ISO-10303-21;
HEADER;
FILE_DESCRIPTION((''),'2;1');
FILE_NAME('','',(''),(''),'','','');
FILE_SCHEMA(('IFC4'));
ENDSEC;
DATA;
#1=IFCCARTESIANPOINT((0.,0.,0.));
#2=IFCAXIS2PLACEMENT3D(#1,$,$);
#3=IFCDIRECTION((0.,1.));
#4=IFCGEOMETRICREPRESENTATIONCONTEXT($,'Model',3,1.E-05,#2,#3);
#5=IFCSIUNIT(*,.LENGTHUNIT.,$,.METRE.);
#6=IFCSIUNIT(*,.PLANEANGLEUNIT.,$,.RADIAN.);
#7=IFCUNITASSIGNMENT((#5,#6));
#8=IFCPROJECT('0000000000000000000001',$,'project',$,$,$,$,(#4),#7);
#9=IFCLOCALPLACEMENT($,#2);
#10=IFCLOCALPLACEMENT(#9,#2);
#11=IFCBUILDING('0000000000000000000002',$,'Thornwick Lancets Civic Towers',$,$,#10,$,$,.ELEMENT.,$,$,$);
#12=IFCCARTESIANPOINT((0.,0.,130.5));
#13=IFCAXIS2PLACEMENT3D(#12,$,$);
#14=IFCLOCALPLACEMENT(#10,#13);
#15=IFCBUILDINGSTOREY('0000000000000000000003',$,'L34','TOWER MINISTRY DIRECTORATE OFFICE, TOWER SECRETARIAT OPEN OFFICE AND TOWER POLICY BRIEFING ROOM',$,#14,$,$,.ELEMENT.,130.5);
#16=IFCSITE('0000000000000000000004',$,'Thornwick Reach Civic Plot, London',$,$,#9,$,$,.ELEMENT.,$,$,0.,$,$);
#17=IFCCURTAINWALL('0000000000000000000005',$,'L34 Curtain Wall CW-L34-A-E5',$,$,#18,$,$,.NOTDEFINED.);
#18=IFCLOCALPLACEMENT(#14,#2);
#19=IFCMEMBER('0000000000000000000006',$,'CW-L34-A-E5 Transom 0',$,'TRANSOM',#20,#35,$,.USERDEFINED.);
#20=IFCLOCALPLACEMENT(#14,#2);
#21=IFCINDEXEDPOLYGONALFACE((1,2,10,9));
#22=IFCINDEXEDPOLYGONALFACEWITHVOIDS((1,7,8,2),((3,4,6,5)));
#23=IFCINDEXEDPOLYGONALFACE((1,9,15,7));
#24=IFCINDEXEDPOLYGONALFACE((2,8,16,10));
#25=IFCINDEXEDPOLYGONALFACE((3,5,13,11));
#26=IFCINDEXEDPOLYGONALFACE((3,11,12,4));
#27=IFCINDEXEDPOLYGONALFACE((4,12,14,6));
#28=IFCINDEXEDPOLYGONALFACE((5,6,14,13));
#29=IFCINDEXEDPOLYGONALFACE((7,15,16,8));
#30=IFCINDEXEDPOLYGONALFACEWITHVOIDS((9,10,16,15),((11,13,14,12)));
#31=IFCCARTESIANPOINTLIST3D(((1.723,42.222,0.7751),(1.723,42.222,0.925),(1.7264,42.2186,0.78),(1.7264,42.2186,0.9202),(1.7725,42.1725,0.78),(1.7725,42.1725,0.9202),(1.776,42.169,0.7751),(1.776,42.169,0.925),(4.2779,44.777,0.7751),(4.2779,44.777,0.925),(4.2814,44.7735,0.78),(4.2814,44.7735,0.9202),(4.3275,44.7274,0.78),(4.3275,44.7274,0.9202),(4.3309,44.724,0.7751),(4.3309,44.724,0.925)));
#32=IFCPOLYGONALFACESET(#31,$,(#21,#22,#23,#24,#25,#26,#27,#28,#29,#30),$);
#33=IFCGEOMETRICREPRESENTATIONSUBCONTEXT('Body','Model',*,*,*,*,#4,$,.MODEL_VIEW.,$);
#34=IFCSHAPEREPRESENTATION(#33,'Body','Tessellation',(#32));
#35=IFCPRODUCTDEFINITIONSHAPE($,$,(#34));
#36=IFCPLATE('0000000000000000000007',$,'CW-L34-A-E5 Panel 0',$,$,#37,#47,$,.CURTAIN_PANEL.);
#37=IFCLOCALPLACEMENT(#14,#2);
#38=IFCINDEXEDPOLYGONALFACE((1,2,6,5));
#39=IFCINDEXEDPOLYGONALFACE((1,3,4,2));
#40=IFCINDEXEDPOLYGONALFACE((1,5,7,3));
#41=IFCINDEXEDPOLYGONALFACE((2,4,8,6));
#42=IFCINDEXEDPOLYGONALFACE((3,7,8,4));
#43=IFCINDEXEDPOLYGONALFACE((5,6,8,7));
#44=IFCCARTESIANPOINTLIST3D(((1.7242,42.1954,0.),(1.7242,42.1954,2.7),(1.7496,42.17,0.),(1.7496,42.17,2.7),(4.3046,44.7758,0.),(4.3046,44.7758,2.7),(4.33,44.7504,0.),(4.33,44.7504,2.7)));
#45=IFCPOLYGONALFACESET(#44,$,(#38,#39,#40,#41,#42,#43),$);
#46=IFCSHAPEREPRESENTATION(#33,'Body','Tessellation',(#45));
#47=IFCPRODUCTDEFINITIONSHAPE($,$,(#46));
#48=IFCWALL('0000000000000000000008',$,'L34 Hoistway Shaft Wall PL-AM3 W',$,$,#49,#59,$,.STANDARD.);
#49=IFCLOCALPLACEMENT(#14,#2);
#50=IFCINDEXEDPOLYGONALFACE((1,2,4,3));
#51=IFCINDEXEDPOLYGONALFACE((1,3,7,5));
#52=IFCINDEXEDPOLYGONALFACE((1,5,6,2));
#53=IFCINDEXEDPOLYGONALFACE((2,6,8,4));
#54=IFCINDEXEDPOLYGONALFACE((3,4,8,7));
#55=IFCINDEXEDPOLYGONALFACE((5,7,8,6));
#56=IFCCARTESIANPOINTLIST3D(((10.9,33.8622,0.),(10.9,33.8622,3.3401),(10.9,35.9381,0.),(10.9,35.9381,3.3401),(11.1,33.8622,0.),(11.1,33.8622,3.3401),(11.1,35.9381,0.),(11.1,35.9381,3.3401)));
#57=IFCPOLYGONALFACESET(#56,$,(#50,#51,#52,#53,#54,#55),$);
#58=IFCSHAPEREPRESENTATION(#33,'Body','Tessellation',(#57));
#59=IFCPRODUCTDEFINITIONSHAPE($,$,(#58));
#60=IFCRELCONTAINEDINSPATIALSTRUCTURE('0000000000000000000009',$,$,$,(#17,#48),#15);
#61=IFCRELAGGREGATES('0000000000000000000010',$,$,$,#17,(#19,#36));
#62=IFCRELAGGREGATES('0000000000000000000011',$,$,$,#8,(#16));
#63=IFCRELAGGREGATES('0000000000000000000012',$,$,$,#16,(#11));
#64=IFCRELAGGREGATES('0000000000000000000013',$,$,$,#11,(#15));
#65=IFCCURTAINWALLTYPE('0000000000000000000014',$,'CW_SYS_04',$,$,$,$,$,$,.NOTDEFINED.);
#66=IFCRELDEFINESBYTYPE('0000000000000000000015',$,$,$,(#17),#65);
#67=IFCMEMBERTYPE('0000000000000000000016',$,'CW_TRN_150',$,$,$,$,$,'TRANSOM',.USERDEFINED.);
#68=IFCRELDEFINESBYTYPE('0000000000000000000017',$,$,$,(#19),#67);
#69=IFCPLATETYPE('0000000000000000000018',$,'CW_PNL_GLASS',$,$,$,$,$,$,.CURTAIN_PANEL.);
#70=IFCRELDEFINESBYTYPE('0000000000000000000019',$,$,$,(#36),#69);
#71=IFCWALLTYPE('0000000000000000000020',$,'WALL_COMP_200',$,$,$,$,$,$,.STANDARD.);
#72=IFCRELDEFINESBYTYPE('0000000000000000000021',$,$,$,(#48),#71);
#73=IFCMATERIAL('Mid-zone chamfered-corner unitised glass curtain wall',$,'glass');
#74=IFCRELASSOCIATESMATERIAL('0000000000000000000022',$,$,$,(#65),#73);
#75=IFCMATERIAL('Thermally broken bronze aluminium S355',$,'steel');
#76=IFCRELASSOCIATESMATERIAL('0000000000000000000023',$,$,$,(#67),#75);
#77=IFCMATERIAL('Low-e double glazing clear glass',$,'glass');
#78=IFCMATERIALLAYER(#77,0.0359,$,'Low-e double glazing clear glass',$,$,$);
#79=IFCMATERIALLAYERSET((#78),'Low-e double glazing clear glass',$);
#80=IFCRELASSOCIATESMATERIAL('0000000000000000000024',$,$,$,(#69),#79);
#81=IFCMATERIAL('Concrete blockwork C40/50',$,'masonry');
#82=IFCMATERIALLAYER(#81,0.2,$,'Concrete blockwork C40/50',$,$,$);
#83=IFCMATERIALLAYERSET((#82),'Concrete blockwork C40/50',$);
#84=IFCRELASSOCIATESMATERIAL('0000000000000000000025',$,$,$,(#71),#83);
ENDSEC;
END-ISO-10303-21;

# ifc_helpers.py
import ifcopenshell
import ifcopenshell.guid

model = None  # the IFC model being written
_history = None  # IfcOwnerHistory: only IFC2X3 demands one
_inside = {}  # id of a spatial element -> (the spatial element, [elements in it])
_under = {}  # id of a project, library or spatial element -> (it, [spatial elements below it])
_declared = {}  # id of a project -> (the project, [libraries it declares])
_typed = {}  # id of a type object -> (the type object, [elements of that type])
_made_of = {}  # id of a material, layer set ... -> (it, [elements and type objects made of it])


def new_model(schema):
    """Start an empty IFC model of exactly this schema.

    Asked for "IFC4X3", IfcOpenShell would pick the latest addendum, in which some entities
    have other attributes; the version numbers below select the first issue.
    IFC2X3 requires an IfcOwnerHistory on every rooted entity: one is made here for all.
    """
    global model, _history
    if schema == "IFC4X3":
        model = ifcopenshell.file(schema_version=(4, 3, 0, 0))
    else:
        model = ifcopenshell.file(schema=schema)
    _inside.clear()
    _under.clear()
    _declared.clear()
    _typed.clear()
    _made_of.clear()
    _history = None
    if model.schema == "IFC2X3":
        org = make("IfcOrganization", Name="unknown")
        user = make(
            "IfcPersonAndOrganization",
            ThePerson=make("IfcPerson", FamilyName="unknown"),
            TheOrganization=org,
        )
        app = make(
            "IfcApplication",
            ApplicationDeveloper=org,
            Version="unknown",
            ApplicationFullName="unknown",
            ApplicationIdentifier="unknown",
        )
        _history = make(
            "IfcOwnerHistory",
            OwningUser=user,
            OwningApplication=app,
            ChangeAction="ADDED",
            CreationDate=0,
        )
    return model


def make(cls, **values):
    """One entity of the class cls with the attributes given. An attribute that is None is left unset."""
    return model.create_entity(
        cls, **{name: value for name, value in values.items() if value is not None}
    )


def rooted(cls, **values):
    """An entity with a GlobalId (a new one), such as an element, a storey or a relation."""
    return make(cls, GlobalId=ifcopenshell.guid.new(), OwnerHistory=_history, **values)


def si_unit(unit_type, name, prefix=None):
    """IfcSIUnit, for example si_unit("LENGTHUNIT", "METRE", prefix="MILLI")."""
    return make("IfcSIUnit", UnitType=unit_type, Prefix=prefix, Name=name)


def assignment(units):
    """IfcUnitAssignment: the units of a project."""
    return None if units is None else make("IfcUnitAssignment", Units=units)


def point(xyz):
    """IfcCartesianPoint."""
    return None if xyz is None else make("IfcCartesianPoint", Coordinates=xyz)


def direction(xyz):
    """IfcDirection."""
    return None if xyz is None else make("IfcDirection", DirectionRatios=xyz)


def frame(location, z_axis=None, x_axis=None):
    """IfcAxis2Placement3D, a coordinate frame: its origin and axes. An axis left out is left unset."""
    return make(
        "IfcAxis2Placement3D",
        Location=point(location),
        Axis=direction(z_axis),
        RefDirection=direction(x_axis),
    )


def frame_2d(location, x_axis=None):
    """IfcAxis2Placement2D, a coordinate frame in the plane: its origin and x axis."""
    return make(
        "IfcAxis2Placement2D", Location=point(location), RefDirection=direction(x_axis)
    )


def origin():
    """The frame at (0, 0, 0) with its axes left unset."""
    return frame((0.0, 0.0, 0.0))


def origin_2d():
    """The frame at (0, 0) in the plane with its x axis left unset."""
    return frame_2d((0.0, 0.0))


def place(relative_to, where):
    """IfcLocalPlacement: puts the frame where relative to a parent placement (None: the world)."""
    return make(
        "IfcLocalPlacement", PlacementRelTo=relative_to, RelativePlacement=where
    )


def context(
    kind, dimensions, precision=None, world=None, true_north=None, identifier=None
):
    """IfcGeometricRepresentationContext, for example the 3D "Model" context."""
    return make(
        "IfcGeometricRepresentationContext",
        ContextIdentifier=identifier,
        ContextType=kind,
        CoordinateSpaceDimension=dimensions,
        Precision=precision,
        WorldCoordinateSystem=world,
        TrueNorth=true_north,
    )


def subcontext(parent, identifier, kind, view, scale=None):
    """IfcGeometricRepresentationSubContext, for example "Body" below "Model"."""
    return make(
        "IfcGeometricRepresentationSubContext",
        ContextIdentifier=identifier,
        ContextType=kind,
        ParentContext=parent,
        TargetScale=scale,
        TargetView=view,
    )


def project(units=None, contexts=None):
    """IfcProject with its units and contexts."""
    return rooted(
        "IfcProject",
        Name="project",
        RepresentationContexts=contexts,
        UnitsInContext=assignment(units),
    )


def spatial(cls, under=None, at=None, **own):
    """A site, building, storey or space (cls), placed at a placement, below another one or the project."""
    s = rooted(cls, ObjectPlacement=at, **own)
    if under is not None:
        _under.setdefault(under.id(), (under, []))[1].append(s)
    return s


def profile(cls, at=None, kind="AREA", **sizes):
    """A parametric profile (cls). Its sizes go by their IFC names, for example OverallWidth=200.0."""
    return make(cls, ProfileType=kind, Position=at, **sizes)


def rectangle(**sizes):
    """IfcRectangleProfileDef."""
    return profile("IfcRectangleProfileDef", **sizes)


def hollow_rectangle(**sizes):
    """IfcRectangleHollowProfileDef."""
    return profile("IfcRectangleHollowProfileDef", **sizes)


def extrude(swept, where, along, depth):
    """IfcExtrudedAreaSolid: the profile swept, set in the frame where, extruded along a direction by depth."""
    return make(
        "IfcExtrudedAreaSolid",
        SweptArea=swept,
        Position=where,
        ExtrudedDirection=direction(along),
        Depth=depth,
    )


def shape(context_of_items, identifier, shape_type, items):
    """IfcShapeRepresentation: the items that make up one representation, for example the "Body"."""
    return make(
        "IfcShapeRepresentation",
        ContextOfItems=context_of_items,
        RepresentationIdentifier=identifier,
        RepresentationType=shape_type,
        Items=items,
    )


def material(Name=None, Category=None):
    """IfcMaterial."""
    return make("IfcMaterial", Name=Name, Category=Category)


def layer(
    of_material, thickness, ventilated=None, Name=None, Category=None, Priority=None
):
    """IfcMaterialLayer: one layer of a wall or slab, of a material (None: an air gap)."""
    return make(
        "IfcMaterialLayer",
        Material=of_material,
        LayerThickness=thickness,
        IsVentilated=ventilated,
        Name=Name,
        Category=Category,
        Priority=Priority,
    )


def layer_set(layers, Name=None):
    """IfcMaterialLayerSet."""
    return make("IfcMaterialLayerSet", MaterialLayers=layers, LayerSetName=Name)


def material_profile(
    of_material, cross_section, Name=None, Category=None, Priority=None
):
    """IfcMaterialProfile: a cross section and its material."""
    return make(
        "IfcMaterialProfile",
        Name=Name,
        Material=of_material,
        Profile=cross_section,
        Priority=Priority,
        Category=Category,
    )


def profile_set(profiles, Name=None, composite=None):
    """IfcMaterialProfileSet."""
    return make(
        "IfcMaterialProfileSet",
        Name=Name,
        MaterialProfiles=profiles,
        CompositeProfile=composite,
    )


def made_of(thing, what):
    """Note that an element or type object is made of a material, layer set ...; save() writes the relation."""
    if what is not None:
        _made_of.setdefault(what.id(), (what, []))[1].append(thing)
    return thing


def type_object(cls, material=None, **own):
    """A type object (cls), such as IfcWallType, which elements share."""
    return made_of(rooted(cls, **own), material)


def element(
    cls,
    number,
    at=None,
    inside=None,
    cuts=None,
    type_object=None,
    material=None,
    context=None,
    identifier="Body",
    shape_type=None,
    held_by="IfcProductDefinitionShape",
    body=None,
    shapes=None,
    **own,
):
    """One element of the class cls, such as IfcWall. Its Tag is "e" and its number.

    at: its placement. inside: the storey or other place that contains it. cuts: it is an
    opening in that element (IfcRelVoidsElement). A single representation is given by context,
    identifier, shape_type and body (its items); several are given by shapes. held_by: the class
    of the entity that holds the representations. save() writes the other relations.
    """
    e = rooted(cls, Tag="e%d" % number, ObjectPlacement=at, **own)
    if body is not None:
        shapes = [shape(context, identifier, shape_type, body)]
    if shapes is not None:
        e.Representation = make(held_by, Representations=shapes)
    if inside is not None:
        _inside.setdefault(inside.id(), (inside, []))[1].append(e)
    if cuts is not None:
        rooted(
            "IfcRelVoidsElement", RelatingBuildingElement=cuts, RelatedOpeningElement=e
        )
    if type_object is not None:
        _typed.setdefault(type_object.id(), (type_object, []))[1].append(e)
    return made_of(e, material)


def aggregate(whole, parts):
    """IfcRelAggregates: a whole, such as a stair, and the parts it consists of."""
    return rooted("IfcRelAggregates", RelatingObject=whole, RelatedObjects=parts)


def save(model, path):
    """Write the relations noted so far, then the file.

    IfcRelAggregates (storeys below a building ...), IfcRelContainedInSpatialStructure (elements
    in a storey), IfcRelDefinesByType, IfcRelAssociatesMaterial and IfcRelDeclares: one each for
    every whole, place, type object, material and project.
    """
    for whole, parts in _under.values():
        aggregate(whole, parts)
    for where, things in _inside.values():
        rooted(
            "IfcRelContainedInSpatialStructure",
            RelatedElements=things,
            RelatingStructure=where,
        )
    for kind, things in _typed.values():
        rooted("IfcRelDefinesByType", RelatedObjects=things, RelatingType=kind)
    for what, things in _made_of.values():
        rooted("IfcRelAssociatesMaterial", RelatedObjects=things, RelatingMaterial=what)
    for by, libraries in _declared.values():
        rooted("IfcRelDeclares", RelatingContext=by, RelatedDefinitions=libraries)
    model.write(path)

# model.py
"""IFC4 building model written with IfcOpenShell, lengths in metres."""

from ifc_helpers import new_model, si_unit, direction, frame, frame_2d, origin, origin_2d, place, context, subcontext, project, spatial, rectangle, hollow_rectangle, extrude, material, layer, layer_set, material_profile, profile_set, type_object, element, aggregate, save


model = new_model("IFC4")

# Units and contexts
model_context = context("Model", 3, precision=1e-05, world=origin(), true_north=direction((0.0, 1.0)))
body_context = subcontext(model_context, "Body", "Model", "MODEL_VIEW")
ifc_project = project(units=[si_unit("LENGTHUNIT", "METRE"), si_unit("PLANEANGLEUNIT", "RADIAN")], contexts=[model_context])

# Site, building, storey
site_placement = place(None, origin())
site = spatial("IfcSite", under=ifc_project, at=site_placement, Name="Thornwick Reach Civic Plot, London", CompositionType="ELEMENT", RefElevation=0.0)
building_placement = place(site_placement, origin())
building = spatial("IfcBuilding", under=site, at=building_placement, Name="Thornwick Lancets Civic Towers", CompositionType="ELEMENT")
storey_placement = place(building_placement, frame((0.0, 0.0, 130.5)))
storey = spatial("IfcBuildingStorey", under=building, at=storey_placement, Name="L34", Description="TOWER MINISTRY DIRECTORATE OFFICE, TOWER SECRETARIAT OPEN OFFICE AND TOWER POLICY BRIEFING ROOM", CompositionType="ELEMENT", Elevation=130.5)

# Curtain wall, member, plate
ifc_material_1 = material(Name="Mid-zone chamfered-corner unitised glass curtain wall", Category="glass")
curtain_wall_type = type_object("IfcCurtainWallType", Name="CW_SYS_04", PredefinedType="NOTDEFINED", material=ifc_material_1)
curtain_wall_placement = place(storey_placement, origin())
curtain_wall = element("IfcCurtainWall", 1, at=curtain_wall_placement, inside=storey, type_object=curtain_wall_type, Name="L34 Curtain Wall CW-L34-A-E5", PredefinedType="NOTDEFINED")
ifc_material_2 = material(Name="Thermally broken bronze aluminium S355", Category="steel")
ifc_material_profile_1 = material_profile(ifc_material_2, hollow_rectangle(XDim=0.075, YDim=0.1499, WallThickness=0.0049, at=origin_2d()), Name="RHS 150x75x5")
ifc_profile_set_1 = profile_set([ifc_material_profile_1], Name="Thermally broken bronze aluminium S355")
member_type_1 = type_object("IfcMemberType", Name="CW_TRN_150", ElementType="TRANSOM", PredefinedType="USERDEFINED", material=ifc_profile_set_1)
member_1_placement = place(storey_placement, frame((4.3044, 44.7505, 0.8501), z_axis=(-0.707107, -0.707107, 0.0), x_axis=(0.707107, -0.707107, 0.0)))
member_1 = element("IfcMember", 2, at=member_1_placement, type_object=member_type_1, Name="CW-L34-A-E5 Transom 0", ObjectType="TRANSOM", PredefinedType="USERDEFINED", context=body_context, shape_type="SweptSolid", body=[
    extrude(hollow_rectangle(XDim=0.075, YDim=0.1499, WallThickness=0.0049, at=origin_2d()), origin(), (0.0, 0.0, 1.0), 3.6133),
])
ifc_material_3 = material(Name="Low-e double glazing clear glass", Category="glass")
ifc_layer_1 = layer(ifc_material_3, 0.0359, Name="Low-e double glazing clear glass")
ifc_layer_set_1 = layer_set([ifc_layer_1], Name="Low-e double glazing clear glass")
plate_type = type_object("IfcPlateType", Name="CW_PNL_GLASS", PredefinedType="CURTAIN_PANEL", material=ifc_layer_set_1)
plate_placement = place(storey_placement, frame((3.0271, 43.4729, 0.0), z_axis=(0.0, 0.0, 1.0), x_axis=(-0.707107, -0.707107, 0.0)))
plate = element("IfcPlate", 3, at=plate_placement, type_object=plate_type, Name="CW-L34-A-E5 Panel 0", PredefinedType="CURTAIN_PANEL", context=body_context, shape_type="SweptSolid", body=[
    extrude(rectangle(XDim=3.6492, YDim=0.0359, at=origin_2d()), origin(), (0.0, 0.0, 1.0), 2.7),
])
aggregate(curtain_wall, [member_1, plate])

# Wall
ifc_material_4 = material(Name="Concrete blockwork C40/50", Category="masonry")
ifc_layer_2 = layer(ifc_material_4, 0.2, Name="Concrete blockwork C40/50")
ifc_layer_set_2 = layer_set([ifc_layer_2], Name="Concrete blockwork C40/50")
wall_type_1 = type_object("IfcWallType", Name="WALL_COMP_200", PredefinedType="STANDARD", material=ifc_layer_set_2)
wall_1_placement = place(storey_placement, frame((11.0, 33.8621, 0.0), z_axis=(0.0, 0.0, 1.0), x_axis=(0.0, 1.0, 0.0)))
element("IfcWall", 4, at=wall_1_placement, inside=storey, type_object=wall_type_1, Name="L34 Hoistway Shaft Wall PL-AM3 W", PredefinedType="STANDARD", context=body_context, shape_type="SweptSolid", body=[
    extrude(rectangle(XDim=2.0759, YDim=0.2, at=frame_2d((1.0381, 0.0))), origin(), (0.0, 0.0, 1.0), 3.3401),
])

save(model, "model.ifc")
